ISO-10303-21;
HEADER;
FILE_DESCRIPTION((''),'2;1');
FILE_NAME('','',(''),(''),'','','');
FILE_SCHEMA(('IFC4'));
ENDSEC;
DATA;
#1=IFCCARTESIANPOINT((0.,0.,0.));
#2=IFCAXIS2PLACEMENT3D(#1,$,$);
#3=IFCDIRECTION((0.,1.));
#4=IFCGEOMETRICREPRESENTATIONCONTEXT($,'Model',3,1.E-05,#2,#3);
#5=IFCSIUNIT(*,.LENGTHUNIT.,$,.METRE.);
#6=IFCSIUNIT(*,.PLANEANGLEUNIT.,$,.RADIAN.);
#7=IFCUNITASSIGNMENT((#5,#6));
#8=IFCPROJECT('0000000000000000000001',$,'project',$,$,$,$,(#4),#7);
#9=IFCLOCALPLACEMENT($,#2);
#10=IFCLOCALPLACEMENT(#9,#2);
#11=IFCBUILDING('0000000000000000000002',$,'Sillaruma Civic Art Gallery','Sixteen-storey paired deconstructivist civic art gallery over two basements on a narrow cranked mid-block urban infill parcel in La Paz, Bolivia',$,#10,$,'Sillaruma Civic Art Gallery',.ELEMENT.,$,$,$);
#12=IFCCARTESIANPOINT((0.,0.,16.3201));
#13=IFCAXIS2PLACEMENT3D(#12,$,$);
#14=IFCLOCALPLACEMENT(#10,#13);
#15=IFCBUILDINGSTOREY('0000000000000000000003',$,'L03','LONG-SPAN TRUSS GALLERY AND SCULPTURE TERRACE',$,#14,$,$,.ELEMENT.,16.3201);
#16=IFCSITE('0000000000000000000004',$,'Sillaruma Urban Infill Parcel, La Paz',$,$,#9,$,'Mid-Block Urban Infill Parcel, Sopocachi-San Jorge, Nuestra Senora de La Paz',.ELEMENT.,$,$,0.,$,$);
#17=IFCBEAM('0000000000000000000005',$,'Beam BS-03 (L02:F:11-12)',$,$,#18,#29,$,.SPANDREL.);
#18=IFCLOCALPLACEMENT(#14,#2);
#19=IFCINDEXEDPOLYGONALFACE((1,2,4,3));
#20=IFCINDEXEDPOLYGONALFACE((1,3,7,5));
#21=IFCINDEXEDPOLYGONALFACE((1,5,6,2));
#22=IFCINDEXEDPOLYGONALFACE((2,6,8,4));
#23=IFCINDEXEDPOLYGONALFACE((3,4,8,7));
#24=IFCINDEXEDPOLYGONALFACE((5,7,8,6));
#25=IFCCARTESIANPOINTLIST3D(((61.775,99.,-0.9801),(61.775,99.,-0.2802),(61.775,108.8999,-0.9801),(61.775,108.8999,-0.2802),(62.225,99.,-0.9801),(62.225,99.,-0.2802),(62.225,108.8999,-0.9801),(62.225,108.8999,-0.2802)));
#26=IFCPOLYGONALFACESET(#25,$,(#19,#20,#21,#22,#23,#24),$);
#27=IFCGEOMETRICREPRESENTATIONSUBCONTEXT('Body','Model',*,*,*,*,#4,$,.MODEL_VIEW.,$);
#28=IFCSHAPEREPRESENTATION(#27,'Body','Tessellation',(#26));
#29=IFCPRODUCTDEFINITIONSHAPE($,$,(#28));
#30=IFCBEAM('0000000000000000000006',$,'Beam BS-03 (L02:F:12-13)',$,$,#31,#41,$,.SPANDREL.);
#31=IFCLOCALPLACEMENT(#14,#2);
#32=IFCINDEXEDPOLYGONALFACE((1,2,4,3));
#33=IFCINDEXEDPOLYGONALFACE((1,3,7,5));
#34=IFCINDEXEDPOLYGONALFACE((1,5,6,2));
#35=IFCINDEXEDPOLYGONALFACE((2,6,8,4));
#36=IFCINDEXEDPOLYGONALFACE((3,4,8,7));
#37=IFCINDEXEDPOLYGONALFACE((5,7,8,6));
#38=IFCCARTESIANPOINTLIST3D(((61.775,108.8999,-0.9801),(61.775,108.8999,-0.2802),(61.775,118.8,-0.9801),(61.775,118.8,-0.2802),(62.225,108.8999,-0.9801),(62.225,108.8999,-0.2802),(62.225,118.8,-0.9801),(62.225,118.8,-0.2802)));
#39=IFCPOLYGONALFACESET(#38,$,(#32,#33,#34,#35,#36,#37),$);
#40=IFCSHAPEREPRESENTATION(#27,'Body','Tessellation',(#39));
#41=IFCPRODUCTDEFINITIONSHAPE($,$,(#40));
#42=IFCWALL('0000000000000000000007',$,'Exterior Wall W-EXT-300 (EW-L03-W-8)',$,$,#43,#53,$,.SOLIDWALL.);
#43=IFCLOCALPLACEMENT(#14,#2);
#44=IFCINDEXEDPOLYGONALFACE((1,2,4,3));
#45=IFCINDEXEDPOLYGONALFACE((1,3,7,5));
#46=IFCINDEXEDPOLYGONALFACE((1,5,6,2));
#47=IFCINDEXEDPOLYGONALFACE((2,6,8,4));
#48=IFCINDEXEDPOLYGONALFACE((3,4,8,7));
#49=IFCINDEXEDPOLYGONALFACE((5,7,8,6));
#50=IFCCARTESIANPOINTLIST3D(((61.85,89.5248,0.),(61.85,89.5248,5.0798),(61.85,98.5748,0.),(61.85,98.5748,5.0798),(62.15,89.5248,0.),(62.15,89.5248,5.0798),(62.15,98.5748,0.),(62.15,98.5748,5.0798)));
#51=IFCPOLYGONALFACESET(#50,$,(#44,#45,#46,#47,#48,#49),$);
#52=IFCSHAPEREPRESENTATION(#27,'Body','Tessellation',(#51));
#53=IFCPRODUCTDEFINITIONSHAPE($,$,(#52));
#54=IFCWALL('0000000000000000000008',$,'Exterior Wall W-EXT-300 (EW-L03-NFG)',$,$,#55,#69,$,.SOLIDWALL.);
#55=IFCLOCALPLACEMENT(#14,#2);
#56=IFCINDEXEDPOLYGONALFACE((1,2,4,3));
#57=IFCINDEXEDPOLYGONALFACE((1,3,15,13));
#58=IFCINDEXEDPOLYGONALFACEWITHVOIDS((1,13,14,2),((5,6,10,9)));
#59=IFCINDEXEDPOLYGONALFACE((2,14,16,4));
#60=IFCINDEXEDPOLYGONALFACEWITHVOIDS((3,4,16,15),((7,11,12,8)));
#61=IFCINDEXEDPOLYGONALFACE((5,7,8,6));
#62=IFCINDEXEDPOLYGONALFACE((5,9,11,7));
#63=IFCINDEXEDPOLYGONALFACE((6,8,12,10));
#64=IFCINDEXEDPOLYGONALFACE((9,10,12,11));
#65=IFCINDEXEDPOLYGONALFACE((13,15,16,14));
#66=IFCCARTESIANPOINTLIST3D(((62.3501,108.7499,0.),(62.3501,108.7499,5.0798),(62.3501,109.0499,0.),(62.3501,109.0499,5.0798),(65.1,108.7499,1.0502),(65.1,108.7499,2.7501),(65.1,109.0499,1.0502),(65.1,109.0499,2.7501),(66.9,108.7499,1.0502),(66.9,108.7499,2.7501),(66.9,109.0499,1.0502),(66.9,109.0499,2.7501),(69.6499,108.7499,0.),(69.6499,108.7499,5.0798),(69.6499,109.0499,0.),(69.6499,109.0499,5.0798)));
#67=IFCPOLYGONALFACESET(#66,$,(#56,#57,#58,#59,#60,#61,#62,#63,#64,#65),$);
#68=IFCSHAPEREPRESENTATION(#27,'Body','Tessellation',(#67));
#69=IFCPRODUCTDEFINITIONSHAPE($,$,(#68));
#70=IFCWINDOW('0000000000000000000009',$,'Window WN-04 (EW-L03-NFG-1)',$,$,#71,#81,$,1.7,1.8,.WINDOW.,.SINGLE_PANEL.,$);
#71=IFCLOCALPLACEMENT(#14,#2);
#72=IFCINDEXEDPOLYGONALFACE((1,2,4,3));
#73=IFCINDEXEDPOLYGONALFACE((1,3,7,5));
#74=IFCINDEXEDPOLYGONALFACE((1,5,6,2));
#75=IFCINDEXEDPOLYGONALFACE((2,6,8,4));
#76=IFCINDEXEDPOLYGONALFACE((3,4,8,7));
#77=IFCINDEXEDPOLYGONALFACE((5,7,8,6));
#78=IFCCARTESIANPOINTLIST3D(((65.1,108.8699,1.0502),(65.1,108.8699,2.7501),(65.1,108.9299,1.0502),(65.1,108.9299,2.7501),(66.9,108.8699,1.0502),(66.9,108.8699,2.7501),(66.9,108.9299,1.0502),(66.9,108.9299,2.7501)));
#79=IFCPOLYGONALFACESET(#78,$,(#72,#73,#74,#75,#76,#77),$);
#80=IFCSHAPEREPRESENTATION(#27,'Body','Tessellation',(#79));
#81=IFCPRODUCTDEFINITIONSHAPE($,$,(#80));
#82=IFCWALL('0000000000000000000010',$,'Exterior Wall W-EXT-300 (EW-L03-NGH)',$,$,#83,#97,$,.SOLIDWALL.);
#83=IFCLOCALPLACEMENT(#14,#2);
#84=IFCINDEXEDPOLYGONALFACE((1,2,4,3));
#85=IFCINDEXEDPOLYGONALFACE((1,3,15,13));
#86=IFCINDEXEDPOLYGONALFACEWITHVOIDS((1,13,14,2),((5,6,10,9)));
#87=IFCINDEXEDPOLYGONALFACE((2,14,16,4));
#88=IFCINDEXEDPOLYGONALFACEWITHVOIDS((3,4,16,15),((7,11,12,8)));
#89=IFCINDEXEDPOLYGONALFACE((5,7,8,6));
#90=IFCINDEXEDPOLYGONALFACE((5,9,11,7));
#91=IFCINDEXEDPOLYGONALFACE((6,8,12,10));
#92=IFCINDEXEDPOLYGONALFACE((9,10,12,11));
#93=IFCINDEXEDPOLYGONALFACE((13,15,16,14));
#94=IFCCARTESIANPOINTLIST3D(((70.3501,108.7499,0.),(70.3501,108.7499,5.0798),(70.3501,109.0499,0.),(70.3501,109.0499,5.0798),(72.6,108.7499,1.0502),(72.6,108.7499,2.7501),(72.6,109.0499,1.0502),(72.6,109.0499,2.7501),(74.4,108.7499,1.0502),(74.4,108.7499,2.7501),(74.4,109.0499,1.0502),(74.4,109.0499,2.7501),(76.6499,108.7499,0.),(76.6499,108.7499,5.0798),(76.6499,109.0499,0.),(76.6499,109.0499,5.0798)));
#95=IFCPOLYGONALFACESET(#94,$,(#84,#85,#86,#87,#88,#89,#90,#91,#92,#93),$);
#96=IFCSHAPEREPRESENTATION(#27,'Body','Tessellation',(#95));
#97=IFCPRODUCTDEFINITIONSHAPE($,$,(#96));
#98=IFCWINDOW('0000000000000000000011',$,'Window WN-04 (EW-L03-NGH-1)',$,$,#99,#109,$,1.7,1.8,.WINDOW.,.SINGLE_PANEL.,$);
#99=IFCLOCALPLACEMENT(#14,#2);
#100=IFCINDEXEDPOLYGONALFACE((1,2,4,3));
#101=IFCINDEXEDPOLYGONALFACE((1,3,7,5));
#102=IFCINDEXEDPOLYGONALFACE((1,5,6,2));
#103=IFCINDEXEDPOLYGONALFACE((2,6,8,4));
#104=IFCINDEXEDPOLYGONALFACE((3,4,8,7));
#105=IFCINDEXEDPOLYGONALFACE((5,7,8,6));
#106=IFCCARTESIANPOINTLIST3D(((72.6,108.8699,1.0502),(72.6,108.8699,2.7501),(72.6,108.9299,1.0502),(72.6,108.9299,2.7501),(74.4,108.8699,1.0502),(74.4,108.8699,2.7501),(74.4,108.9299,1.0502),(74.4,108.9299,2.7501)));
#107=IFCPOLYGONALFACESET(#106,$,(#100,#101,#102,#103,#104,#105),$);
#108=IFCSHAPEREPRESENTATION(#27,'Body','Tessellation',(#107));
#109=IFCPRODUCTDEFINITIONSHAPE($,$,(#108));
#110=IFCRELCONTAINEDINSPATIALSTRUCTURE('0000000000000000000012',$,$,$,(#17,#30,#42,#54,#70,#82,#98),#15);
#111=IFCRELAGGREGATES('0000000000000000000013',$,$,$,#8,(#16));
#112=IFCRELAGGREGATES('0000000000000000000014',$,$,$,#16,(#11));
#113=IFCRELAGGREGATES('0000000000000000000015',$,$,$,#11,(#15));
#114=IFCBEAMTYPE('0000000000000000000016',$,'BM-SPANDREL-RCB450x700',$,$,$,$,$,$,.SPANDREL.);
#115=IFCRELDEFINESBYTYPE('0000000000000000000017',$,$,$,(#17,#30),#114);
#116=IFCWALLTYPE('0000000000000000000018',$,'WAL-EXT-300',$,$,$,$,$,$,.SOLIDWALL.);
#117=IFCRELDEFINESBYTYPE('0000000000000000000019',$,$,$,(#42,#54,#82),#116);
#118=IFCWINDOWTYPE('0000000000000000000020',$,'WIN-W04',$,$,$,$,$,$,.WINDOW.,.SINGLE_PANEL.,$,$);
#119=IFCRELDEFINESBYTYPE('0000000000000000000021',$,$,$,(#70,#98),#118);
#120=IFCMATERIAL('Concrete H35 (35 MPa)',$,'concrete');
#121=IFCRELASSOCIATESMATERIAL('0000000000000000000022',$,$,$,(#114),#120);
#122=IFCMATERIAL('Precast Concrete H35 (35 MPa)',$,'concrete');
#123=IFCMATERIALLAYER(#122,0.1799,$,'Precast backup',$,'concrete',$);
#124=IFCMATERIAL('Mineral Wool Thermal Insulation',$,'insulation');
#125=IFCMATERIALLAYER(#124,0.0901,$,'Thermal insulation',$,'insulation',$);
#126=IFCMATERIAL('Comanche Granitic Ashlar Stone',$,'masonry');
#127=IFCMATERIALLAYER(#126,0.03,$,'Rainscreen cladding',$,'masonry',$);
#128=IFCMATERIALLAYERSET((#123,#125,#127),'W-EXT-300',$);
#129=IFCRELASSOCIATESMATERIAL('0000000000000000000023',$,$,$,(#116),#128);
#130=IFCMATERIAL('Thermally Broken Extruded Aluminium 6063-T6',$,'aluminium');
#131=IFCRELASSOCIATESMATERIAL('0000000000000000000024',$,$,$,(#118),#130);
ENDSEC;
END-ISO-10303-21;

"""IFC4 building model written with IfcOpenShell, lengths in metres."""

from ifc_helpers import new_model, si_unit, direction, frame, frame_2d, origin, origin_2d, place, context, subcontext, project, spatial, rectangle, extrude, material, layer, layer_set, material_profile, profile_set, type_object, element, fill, save


model = new_model("IFC4")

# Units and contexts
model_context = context("Model", 3, precision=1e-05, world=origin(), true_north=direction((0.0, 1.0)))
body_context = subcontext(model_context, "Body", "Model", "MODEL_VIEW")
ifc_project = project(units=[si_unit("LENGTHUNIT", "METRE"), si_unit("PLANEANGLEUNIT", "RADIAN")], contexts=[model_context])

# Site, building, storey
site_placement = place(None, origin())
site = spatial("IfcSite", under=ifc_project, at=site_placement, Name="Sillaruma Urban Infill Parcel, La Paz", LongName="Mid-Block Urban Infill Parcel, Sopocachi-San Jorge, Nuestra Senora de La Paz", CompositionType="ELEMENT", RefElevation=0.0)
building_placement = place(site_placement, origin())
building = spatial("IfcBuilding", under=site, at=building_placement, Name="Sillaruma Civic Art Gallery", Description="Sixteen-storey paired deconstructivist civic art gallery over two basements on a narrow cranked mid-block urban infill parcel in La Paz, Bolivia", LongName="Sillaruma Civic Art Gallery", CompositionType="ELEMENT")
storey_placement = place(building_placement, frame((0.0, 0.0, 16.3201)))
storey = spatial("IfcBuildingStorey", under=building, at=storey_placement, Name="L03", Description="LONG-SPAN TRUSS GALLERY AND SCULPTURE TERRACE", CompositionType="ELEMENT", Elevation=16.3201)

# Beams
ifc_material_1 = material(Name="Concrete H35 (35 MPa)", Category="concrete")
ifc_material_profile_1 = material_profile(ifc_material_1, rectangle(XDim=0.45, YDim=0.7, at=origin_2d()), Name="RCB450x700")
ifc_profile_set_1 = profile_set([ifc_material_profile_1], Name="Concrete H35 (35 MPa)")
beam_type_1 = type_object("IfcBeamType", Name="BM-SPANDREL-RCB450x700", PredefinedType="SPANDREL", material=ifc_profile_set_1)
beam_1_placement = place(storey_placement, frame((62.0, 99.0, -0.6301), z_axis=(0.0, 1.0, 0.0), x_axis=(-1.0, 0.0, 0.0)))
element("IfcBeam", 1, at=beam_1_placement, inside=storey, type_object=beam_type_1, Name="Beam BS-03 (L02:F:11-12)", PredefinedType="SPANDREL", context=body_context, shape_type="SweptSolid", body=[
    extrude(rectangle(XDim=0.45, YDim=0.7, at=origin_2d()), origin(), (0.0, 0.0, 1.0), 9.8999),
])
beam_2_placement = place(storey_placement, frame((62.0, 108.8999, -0.6301), z_axis=(0.0, 1.0, 0.0), x_axis=(-1.0, 0.0, 0.0)))
element("IfcBeam", 2, at=beam_2_placement, inside=storey, type_object=beam_type_1, Name="Beam BS-03 (L02:F:12-13)", PredefinedType="SPANDREL", context=body_context, shape_type="SweptSolid", body=[
    extrude(rectangle(XDim=0.45, YDim=0.7, at=origin_2d()), origin(), (0.0, 0.0, 1.0), 9.9001),
])

# Wall
ifc_material_2 = material(Name="Precast Concrete H35 (35 MPa)", Category="concrete")
ifc_layer_1 = layer(ifc_material_2, 0.1799, Name="Precast backup", Category="concrete")
ifc_material_3 = material(Name="Mineral Wool Thermal Insulation", Category="insulation")
ifc_layer_2 = layer(ifc_material_3, 0.0901, Name="Thermal insulation", Category="insulation")
ifc_material_4 = material(Name="Comanche Granitic Ashlar Stone", Category="masonry")
ifc_layer_3 = layer(ifc_material_4, 0.03, Name="Rainscreen cladding", Category="masonry")
ifc_layer_set = layer_set([ifc_layer_1, ifc_layer_2, ifc_layer_3], Name="W-EXT-300")
wall_type = type_object("IfcWallType", Name="WAL-EXT-300", PredefinedType="SOLIDWALL", material=ifc_layer_set)
wall_1_placement = place(storey_placement, frame((62.0, 89.5249, 0.0), z_axis=(0.0, 0.0, 1.0), x_axis=(0.0, 1.0, 0.0)))
element("IfcWall", 3, at=wall_1_placement, inside=storey, type_object=wall_type, Name="Exterior Wall W-EXT-300 (EW-L03-W-8)", PredefinedType="SOLIDWALL", context=body_context, shape_type="SweptSolid", body=[
    extrude(rectangle(XDim=9.05, YDim=0.3, at=frame_2d((4.5249, 0.0))), origin(), (0.0, 0.0, 1.0), 5.0798),
])

# Walls, openings, windows
wall_2_placement = place(storey_placement, frame((62.3501, 108.8999, 0.0), z_axis=(0.0, 0.0, 1.0), x_axis=(1.0, 0.0, 0.0)))
wall_2 = element("IfcWall", 4, at=wall_2_placement, inside=storey, type_object=wall_type, Name="Exterior Wall W-EXT-300 (EW-L03-NFG)", PredefinedType="SOLIDWALL", context=body_context, shape_type="SweptSolid", body=[
    extrude(rectangle(XDim=7.2998, YDim=0.3, at=frame_2d((3.6499, 0.0))), origin(), (0.0, 0.0, 1.0), 5.0798),
])
opening_1_placement = place(wall_2_placement, frame((2.75, 0.0, 1.05)))
opening_1 = element("IfcOpeningElement", 5, at=opening_1_placement, cuts=wall_2, PredefinedType="OPENING", context=body_context, shape_type="SweptSolid", body=[
    extrude(rectangle(XDim=1.8, YDim=1.7, at=frame_2d((0.8999, 0.8501))), frame((0.0, 0.1599, 0.0), z_axis=(0.0, -1.0, 0.0), x_axis=(1.0, 0.0, 0.0)), (0.0, 0.0, 1.0), 0.3201),
])
ifc_material_5 = material(Name="Thermally Broken Extruded Aluminium 6063-T6", Category="aluminium")
window_type = type_object("IfcWindowType", Name="WIN-W04", PartitioningType="SINGLE_PANEL", PredefinedType="WINDOW", material=ifc_material_5)
window_1_placement = place(opening_1_placement, origin())
window_1 = element("IfcWindow", 6, at=window_1_placement, inside=storey, type_object=window_type, Name="Window WN-04 (EW-L03-NFG-1)", OverallHeight=1.7, OverallWidth=1.8, PartitioningType="SINGLE_PANEL", PredefinedType="WINDOW", context=body_context, shape_type="SweptSolid", body=[
    extrude(rectangle(XDim=1.8, YDim=1.7, at=frame_2d((0.8999, 0.8501))), frame((0.0, 0.03, 0.0), z_axis=(0.0, -1.0, 0.0), x_axis=(1.0, 0.0, 0.0)), (0.0, 0.0, 1.0), 0.0601),
])
fill(opening_1, window_1)
wall_3_placement = place(storey_placement, frame((70.3501, 108.8999, 0.0), z_axis=(0.0, 0.0, 1.0), x_axis=(1.0, 0.0, 0.0)))
wall_3 = element("IfcWall", 7, at=wall_3_placement, inside=storey, type_object=wall_type, Name="Exterior Wall W-EXT-300 (EW-L03-NGH)", PredefinedType="SOLIDWALL", context=body_context, shape_type="SweptSolid", body=[
    extrude(rectangle(XDim=6.2998, YDim=0.3, at=frame_2d((3.1499, 0.0))), origin(), (0.0, 0.0, 1.0), 5.0798),
])
opening_2_placement = place(wall_3_placement, frame((2.25, 0.0, 1.05)))
opening_2 = element("IfcOpeningElement", 8, at=opening_2_placement, cuts=wall_3, PredefinedType="OPENING", context=body_context, shape_type="SweptSolid", body=[
    extrude(rectangle(XDim=1.8, YDim=1.7, at=frame_2d((0.8999, 0.8501))), frame((0.0, 0.1599, 0.0), z_axis=(0.0, -1.0, 0.0), x_axis=(1.0, 0.0, 0.0)), (0.0, 0.0, 1.0), 0.3201),
])
window_2_placement = place(opening_2_placement, origin())
window_2 = element("IfcWindow", 9, at=window_2_placement, inside=storey, type_object=window_type, Name="Window WN-04 (EW-L03-NGH-1)", OverallHeight=1.7, OverallWidth=1.8, PartitioningType="SINGLE_PANEL", PredefinedType="WINDOW", context=body_context, shape_type="SweptSolid", body=[
    extrude(rectangle(XDim=1.8, YDim=1.7, at=frame_2d((0.8999, 0.8501))), frame((0.0, 0.03, 0.0), z_axis=(0.0, -1.0, 0.0), x_axis=(1.0, 0.0, 0.0)), (0.0, 0.0, 1.0), 0.0601),
])
fill(opening_2, window_2)

save(model, "model.ifc")
